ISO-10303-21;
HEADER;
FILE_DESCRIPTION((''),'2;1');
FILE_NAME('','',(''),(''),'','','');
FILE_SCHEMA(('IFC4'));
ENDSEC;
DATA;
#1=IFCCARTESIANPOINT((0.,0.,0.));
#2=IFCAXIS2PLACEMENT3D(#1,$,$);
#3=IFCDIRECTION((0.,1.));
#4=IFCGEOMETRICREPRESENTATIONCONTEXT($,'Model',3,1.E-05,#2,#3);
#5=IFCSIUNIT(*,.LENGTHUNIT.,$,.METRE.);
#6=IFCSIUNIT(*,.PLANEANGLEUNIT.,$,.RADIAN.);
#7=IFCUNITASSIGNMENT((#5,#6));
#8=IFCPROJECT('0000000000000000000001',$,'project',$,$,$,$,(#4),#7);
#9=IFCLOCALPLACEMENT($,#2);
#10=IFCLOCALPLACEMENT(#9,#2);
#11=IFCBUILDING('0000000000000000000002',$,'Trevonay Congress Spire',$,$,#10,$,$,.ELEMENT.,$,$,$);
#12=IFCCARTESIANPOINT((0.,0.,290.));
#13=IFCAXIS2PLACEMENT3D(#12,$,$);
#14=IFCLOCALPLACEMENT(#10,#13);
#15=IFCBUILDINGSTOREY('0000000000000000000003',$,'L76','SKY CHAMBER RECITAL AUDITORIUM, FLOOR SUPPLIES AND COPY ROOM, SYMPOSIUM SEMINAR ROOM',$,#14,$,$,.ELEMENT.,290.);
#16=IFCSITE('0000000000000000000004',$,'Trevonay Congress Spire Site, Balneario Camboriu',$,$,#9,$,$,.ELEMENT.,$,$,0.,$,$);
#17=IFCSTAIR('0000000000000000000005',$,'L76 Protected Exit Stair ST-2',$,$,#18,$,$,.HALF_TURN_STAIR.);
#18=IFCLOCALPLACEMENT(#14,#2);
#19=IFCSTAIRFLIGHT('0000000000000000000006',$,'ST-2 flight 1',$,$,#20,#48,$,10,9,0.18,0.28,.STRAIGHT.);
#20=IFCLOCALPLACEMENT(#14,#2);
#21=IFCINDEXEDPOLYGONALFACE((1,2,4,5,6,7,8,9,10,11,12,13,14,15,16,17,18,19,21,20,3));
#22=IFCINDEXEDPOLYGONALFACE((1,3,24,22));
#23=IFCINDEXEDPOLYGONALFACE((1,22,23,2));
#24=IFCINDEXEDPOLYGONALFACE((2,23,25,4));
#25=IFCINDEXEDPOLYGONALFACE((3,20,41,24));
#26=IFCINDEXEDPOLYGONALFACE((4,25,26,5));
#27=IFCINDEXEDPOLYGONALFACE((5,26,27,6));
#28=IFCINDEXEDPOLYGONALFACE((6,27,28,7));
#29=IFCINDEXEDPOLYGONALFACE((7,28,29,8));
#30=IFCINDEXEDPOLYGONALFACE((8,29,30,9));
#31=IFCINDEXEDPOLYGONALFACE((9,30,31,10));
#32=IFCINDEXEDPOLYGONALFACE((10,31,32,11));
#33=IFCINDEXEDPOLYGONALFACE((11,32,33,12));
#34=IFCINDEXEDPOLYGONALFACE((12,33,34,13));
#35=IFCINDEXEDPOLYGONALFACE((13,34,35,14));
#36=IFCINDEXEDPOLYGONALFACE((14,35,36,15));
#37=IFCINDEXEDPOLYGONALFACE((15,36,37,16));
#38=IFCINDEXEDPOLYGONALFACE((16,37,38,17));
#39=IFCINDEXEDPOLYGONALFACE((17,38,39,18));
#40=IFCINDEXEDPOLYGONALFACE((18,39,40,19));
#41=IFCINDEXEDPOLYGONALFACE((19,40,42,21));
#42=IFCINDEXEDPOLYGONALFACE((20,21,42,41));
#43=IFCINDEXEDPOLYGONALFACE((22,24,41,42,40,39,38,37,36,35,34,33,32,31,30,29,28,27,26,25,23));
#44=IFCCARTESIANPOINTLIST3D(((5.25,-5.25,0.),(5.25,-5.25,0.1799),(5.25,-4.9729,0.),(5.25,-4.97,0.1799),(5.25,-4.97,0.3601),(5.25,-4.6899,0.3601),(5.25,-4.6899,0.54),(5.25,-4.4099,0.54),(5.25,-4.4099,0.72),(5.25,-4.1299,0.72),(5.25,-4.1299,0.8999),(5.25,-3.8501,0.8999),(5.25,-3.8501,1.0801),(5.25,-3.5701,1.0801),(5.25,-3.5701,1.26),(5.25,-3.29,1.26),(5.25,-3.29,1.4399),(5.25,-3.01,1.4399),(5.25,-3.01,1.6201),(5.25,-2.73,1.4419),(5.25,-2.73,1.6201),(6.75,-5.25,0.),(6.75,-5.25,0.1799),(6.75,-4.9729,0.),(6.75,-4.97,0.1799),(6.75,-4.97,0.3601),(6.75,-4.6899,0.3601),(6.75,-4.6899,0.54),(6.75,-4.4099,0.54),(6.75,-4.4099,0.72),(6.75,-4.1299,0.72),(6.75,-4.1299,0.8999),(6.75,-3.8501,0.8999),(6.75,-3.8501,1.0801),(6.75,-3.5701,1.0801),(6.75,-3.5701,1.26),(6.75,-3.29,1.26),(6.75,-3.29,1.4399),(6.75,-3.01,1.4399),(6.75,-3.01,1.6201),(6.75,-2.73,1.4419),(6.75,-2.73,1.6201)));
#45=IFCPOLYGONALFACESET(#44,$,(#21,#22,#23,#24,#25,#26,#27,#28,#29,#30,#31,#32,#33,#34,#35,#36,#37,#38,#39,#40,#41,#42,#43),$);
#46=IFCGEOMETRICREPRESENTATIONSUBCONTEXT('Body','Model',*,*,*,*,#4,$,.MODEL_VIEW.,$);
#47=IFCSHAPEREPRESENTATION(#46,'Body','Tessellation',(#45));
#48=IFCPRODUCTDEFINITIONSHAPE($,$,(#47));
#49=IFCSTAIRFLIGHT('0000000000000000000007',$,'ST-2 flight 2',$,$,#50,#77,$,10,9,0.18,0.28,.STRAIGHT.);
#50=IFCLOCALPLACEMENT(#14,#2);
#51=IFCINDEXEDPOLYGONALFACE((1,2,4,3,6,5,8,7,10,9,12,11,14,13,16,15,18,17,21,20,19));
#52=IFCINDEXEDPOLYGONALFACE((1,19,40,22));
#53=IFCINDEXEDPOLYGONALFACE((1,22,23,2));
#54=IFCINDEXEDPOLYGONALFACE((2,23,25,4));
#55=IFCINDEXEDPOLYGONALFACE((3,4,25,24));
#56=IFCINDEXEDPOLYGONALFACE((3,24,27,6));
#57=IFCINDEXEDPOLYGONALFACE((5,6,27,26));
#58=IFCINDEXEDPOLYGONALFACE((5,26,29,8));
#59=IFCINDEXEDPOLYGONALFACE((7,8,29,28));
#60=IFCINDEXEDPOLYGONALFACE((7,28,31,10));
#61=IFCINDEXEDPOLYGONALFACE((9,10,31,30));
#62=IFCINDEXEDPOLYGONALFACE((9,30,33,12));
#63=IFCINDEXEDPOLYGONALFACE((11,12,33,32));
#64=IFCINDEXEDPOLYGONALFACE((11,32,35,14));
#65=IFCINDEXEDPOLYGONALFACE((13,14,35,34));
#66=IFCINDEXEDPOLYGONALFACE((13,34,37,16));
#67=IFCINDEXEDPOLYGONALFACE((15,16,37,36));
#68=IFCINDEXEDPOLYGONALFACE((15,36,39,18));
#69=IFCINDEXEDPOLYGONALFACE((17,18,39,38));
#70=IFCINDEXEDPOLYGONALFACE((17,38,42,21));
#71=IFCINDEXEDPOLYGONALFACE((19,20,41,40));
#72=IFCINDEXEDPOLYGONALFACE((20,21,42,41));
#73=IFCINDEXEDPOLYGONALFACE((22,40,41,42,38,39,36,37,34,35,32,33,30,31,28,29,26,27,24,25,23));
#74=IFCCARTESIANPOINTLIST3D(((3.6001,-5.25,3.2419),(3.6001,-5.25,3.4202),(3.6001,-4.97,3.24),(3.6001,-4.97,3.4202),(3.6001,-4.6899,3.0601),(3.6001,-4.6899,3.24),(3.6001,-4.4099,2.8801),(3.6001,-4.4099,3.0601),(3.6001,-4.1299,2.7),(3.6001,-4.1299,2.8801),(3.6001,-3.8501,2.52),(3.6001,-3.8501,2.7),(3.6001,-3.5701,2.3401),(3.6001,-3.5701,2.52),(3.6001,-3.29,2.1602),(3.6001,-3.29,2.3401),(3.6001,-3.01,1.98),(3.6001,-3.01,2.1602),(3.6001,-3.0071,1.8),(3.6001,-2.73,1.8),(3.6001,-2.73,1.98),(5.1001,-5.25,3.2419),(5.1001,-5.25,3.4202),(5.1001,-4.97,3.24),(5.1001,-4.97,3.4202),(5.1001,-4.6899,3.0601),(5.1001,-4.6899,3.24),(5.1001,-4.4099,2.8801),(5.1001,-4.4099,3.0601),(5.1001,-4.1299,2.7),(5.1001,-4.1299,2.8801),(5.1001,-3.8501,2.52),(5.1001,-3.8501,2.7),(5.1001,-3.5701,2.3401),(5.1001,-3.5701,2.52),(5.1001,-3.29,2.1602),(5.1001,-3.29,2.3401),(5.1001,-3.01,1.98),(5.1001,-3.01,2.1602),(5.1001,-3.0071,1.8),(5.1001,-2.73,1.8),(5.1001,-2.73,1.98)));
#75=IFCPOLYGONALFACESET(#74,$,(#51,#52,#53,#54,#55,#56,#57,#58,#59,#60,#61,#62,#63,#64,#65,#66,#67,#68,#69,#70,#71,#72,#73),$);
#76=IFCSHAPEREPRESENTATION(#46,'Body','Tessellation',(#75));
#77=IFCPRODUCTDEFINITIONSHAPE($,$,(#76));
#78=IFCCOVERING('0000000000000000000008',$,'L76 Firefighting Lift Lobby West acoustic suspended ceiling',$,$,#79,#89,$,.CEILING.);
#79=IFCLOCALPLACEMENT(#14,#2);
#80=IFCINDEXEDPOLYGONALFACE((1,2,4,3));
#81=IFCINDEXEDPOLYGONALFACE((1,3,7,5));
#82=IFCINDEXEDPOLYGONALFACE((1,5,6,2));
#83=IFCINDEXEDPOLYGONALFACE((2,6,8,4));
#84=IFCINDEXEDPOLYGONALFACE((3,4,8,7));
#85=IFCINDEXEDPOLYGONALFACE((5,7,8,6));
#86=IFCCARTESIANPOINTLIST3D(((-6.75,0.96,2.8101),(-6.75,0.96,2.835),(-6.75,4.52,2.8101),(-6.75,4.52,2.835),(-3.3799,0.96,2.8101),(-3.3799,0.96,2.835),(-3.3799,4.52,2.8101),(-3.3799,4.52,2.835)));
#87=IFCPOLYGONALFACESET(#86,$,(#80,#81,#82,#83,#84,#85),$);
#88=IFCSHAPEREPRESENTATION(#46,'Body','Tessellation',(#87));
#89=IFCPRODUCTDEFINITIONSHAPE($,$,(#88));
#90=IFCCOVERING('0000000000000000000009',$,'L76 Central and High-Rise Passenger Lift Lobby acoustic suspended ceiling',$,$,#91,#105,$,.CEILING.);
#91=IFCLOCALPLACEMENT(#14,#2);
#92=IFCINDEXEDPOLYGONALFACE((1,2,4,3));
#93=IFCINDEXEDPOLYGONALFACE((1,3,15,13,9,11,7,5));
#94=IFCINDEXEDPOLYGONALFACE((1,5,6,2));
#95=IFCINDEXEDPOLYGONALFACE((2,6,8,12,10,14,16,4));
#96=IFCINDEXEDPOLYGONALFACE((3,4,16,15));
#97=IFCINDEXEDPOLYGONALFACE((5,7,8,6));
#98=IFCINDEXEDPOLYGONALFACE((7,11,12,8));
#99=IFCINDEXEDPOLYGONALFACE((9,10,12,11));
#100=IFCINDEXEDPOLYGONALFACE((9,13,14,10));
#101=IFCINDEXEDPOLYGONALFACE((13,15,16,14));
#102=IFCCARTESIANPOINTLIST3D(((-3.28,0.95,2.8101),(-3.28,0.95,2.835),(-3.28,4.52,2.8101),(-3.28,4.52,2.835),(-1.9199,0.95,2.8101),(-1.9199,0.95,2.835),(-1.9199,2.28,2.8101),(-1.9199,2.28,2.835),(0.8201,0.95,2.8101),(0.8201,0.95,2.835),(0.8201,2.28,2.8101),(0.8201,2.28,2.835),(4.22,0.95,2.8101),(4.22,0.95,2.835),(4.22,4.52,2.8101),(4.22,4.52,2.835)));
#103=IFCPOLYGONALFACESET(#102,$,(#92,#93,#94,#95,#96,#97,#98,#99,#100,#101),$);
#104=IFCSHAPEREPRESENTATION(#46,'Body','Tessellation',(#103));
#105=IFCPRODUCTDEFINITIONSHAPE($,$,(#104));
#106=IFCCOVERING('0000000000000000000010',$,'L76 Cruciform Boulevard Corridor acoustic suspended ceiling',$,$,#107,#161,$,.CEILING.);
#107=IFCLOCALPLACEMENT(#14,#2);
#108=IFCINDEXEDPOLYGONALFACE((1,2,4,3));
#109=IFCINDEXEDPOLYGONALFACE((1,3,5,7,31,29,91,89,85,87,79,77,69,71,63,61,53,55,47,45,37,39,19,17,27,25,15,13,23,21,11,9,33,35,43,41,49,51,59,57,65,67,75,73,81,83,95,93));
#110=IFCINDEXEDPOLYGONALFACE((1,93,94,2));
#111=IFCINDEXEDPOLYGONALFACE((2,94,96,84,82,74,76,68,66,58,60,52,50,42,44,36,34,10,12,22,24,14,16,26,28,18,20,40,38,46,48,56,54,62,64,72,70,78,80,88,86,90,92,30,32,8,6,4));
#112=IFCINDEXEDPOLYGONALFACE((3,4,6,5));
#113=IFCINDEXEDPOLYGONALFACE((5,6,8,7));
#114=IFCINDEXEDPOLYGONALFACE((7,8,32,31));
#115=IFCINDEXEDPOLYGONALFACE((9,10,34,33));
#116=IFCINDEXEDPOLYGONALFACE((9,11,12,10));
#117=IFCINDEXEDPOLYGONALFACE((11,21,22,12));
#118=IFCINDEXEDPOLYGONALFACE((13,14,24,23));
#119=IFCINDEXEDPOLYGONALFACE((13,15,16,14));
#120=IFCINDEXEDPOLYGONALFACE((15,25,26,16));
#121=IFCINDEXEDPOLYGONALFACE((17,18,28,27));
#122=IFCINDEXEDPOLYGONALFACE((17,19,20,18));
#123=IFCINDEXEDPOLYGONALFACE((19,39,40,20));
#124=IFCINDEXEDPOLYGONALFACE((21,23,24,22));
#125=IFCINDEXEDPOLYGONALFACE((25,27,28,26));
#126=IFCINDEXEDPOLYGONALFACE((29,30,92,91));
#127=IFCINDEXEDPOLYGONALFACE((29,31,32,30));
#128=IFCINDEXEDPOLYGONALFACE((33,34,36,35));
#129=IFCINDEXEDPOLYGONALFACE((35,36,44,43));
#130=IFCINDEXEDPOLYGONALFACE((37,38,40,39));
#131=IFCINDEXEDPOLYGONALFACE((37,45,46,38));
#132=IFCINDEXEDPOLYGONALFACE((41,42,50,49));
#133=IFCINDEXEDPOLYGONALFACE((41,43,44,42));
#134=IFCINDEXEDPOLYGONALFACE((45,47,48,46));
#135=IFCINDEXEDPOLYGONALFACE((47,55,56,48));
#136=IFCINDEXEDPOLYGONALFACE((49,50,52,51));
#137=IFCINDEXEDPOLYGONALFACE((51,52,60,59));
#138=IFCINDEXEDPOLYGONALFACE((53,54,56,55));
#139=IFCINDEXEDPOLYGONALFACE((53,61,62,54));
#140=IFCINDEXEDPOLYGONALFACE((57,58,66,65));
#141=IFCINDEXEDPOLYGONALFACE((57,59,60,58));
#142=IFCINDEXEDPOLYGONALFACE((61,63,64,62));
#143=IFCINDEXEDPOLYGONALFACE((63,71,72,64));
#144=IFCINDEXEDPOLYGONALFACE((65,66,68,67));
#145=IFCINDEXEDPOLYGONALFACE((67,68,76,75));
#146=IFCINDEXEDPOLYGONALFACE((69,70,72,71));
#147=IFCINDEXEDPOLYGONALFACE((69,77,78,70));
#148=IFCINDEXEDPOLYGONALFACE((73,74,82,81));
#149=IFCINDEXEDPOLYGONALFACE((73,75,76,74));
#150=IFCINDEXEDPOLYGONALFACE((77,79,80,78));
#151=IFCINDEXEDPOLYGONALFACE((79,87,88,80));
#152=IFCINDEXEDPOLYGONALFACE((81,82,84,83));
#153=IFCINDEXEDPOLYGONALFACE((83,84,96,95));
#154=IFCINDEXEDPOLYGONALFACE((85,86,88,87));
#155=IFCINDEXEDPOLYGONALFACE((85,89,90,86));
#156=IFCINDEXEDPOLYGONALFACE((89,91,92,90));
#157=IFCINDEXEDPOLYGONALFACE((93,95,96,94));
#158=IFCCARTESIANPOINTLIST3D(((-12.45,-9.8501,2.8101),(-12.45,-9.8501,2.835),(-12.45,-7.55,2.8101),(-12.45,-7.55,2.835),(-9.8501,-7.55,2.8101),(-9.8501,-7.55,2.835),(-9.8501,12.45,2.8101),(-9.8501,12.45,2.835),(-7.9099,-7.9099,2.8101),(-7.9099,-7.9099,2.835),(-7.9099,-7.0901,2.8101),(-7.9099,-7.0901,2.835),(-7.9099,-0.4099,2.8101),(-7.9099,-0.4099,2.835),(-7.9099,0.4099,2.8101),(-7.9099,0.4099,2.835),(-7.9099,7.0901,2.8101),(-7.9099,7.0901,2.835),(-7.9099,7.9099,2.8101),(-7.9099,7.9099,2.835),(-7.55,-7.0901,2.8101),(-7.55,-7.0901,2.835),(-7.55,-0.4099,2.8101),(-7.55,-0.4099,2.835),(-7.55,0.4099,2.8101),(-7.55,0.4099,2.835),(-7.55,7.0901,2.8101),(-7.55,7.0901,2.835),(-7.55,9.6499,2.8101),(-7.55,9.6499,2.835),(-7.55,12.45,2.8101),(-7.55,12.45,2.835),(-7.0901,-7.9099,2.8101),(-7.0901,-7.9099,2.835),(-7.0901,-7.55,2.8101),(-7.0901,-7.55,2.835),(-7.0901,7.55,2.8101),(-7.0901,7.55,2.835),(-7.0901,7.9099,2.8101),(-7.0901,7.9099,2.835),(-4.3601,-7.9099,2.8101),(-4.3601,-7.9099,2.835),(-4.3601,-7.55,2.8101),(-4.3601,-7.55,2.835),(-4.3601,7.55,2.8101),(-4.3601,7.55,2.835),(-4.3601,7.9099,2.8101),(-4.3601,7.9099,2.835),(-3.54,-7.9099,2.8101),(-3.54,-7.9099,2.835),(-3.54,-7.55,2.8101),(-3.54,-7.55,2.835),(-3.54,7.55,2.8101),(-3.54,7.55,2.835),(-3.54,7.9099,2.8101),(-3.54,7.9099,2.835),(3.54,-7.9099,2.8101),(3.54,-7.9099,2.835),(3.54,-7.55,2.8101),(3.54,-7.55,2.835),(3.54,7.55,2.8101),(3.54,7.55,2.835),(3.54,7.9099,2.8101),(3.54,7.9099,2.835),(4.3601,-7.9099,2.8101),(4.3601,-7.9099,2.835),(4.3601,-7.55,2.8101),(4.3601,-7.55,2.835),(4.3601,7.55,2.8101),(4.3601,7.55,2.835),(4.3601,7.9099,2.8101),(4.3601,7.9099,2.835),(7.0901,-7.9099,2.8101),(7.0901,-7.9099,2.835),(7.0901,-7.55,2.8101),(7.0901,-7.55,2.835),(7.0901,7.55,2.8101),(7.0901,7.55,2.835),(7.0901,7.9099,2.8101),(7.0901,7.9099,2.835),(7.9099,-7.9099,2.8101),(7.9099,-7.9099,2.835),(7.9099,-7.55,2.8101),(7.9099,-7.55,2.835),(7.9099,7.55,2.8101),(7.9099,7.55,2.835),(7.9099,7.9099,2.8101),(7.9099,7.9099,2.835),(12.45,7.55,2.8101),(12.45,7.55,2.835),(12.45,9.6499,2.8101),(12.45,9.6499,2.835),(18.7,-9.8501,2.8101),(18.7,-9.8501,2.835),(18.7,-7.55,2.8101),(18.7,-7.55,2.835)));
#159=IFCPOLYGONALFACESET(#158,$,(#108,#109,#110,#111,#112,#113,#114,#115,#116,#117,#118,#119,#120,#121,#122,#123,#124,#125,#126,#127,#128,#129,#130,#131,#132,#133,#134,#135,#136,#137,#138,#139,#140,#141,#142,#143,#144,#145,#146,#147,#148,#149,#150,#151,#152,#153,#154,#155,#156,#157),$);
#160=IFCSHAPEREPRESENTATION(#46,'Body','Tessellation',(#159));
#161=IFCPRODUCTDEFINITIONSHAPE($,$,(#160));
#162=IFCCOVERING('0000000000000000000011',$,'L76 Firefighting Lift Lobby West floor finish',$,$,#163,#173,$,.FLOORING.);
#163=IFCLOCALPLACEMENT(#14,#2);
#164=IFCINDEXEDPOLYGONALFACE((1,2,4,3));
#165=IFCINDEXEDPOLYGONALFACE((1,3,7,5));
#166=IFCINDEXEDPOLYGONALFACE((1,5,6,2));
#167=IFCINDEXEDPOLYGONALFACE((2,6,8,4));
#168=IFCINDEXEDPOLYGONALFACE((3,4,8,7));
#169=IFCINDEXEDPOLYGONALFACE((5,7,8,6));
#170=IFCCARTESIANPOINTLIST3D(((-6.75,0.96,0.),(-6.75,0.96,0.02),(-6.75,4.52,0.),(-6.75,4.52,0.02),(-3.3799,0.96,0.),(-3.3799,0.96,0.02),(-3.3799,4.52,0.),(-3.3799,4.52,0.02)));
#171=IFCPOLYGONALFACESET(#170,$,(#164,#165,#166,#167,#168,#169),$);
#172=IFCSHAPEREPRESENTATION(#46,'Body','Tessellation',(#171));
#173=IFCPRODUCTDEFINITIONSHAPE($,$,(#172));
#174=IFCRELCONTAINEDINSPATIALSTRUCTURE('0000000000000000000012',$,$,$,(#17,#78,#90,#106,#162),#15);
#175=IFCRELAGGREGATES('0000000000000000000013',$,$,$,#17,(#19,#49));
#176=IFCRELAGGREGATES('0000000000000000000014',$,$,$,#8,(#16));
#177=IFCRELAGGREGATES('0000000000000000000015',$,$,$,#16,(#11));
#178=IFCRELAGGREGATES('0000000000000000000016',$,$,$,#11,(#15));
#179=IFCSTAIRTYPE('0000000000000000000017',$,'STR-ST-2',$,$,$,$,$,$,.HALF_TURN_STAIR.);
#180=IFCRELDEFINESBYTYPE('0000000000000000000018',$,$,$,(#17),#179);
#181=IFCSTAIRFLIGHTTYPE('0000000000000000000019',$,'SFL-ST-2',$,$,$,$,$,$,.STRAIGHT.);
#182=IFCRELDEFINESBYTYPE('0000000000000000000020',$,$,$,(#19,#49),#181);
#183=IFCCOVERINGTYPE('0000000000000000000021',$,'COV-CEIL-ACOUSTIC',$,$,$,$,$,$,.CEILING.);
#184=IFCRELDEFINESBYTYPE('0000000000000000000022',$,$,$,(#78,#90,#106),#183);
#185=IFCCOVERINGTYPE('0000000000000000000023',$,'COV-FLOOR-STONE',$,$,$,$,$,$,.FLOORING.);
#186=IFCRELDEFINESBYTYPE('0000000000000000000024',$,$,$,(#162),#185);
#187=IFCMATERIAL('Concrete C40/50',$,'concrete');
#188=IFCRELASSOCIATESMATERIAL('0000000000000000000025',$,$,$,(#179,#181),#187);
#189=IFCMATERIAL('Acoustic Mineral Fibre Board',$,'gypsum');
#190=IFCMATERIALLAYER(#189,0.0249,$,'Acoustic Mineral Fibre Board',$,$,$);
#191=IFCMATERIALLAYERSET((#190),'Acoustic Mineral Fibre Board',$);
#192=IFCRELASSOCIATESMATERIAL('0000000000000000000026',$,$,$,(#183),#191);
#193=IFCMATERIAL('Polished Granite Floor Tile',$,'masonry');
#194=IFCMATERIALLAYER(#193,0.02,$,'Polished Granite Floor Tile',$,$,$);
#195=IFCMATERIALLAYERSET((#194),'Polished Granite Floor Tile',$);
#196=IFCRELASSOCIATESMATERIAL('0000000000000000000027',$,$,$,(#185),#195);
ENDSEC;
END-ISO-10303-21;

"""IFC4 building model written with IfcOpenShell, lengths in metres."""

from ifc_helpers import new_model, si_unit, direction, frame, origin, place, context, subcontext, project, spatial, polyline, outline, extrude, material, layer, layer_set, type_object, element, aggregate, save


model = new_model("IFC4")

# Units and contexts
model_context = context("Model", 3, precision=1e-05, world=origin(), true_north=direction((0.0, 1.0)))
body_context = subcontext(model_context, "Body", "Model", "MODEL_VIEW")
ifc_project = project(units=[si_unit("LENGTHUNIT", "METRE"), si_unit("PLANEANGLEUNIT", "RADIAN")], contexts=[model_context])

# Site, building, storey
site_placement = place(None, origin())
site = spatial("IfcSite", under=ifc_project, at=site_placement, Name="Trevonay Congress Spire Site, Balneario Camboriu", CompositionType="ELEMENT", RefElevation=0.0)
building_placement = place(site_placement, origin())
building = spatial("IfcBuilding", under=site, at=building_placement, Name="Trevonay Congress Spire", CompositionType="ELEMENT")
storey_placement = place(building_placement, frame((0.0, 0.0, 290.0)))
storey = spatial("IfcBuildingStorey", under=building, at=storey_placement, Name="L76", Description="SKY CHAMBER RECITAL AUDITORIUM, FLOOR SUPPLIES AND COPY ROOM, SYMPOSIUM SEMINAR ROOM", CompositionType="ELEMENT", Elevation=290.0)

# Stair
ifc_material_1 = material(Name="Concrete C40/50", Category="concrete")
stair_type = type_object("IfcStairType", Name="STR-ST-2", PredefinedType="HALF_TURN_STAIR", material=ifc_material_1)
stair_placement = place(storey_placement, origin())
stair = element("IfcStair", 1, at=stair_placement, inside=storey, type_object=stair_type, Name="L76 Protected Exit Stair ST-2", PredefinedType="HALF_TURN_STAIR")

# Stair flights
stair_flight_type = type_object("IfcStairFlightType", Name="SFL-ST-2", PredefinedType="STRAIGHT", material=ifc_material_1)
stair_flight_1_placement = place(storey_placement, frame((6.0, -5.25, 0.0), z_axis=(0.0, 0.0, 1.0), x_axis=(0.0, 1.0, 0.0)))
stair_flight_1 = element("IfcStairFlight", 2, at=stair_flight_1_placement, type_object=stair_flight_type, Name="ST-2 flight 1", NumberOfRisers=10, NumberOfTreads=9, PredefinedType="STRAIGHT", RiserHeight=0.18, TreadLength=0.28, context=body_context, shape_type="SweptSolid", body=[
    extrude(outline(polyline([(0.0, 0.0), (0.0, 0.1799), (0.28, 0.1799), (0.28, 0.3601), (0.5601, 0.3601), (0.5601, 0.54), (0.8401, 0.54), (0.8401, 0.72), (1.1201, 0.72), (1.1201, 0.8999), (1.3999, 0.8999), (1.3999, 1.0801), (1.6799, 1.0801), (1.6799, 1.26), (1.96, 1.26), (1.96, 1.4399), (2.24, 1.4399), (2.24, 1.6201), (2.52, 1.6201), (2.52, 1.8), (2.52, 1.4419), (0.2771, 0.0), (0.0, 0.0)])), frame((0.0, 0.75, 0.0), z_axis=(0.0, -1.0, 0.0), x_axis=(1.0, 0.0, 0.0)), (0.0, 0.0, 1.0), 1.5),
])
stair_flight_2_placement = place(storey_placement, frame((4.3501, -2.73, 1.8), z_axis=(0.0, 0.0, 1.0), x_axis=(0.0, -1.0, 0.0)))
stair_flight_2 = element("IfcStairFlight", 3, at=stair_flight_2_placement, type_object=stair_flight_type, Name="ST-2 flight 2", NumberOfRisers=10, NumberOfTreads=9, PredefinedType="STRAIGHT", RiserHeight=0.18, TreadLength=0.28, context=body_context, shape_type="SweptSolid", body=[
    extrude(outline(polyline([(0.0, 0.0), (0.0, 0.1799), (0.28, 0.1799), (0.28, 0.3601), (0.5601, 0.3601), (0.5601, 0.54), (0.8401, 0.54), (0.8401, 0.72), (1.1201, 0.72), (1.1201, 0.8999), (1.3999, 0.8999), (1.3999, 1.0801), (1.6799, 1.0801), (1.6799, 1.26), (1.96, 1.26), (1.96, 1.4399), (2.24, 1.4399), (2.24, 1.6201), (2.52, 1.6201), (2.52, 1.8), (2.52, 1.4419), (0.2771, 0.0), (0.0, 0.0)])), frame((0.0, 0.75, 0.0), z_axis=(0.0, -1.0, 0.0), x_axis=(1.0, 0.0, 0.0)), (0.0, 0.0, 1.0), 1.5),
])
aggregate(stair, [stair_flight_1, stair_flight_2])

# Coverings
ifc_material_2 = material(Name="Acoustic Mineral Fibre Board", Category="gypsum")
ifc_layer_1 = layer(ifc_material_2, 0.0249, Name="Acoustic Mineral Fibre Board")
ifc_layer_set_1 = layer_set([ifc_layer_1], Name="Acoustic Mineral Fibre Board")
covering_type_1 = type_object("IfcCoveringType", Name="COV-CEIL-ACOUSTIC", PredefinedType="CEILING", material=ifc_layer_set_1)
covering_1_placement = place(storey_placement, frame((0.0, 0.0, 2.8101)))
element("IfcCovering", 4, at=covering_1_placement, inside=storey, type_object=covering_type_1, Name="L76 Firefighting Lift Lobby West acoustic suspended ceiling", PredefinedType="CEILING", context=body_context, shape_type="SweptSolid", body=[
    extrude(outline(polyline([(-6.75, 0.96), (-3.3799, 0.96), (-3.3799, 4.52), (-6.75, 4.52), (-6.75, 0.96)])), origin(), (0.0, 0.0, 1.0), 0.0249),
])
covering_2_placement = place(storey_placement, frame((0.0, 0.0, 2.8101)))
element("IfcCovering", 5, at=covering_2_placement, inside=storey, type_object=covering_type_1, Name="L76 Central and High-Rise Passenger Lift Lobby acoustic suspended ceiling", PredefinedType="CEILING", context=body_context, shape_type="SweptSolid", body=[
    extrude(outline(polyline([(-3.28, 0.95), (-1.9199, 0.95), (-1.9199, 2.28), (0.8201, 2.28), (0.8201, 0.95), (4.22, 0.95), (4.22, 4.52), (-3.28, 4.52), (-3.28, 0.95)])), origin(), (0.0, 0.0, 1.0), 0.0249),
])
covering_3_placement = place(storey_placement, frame((0.0, 0.0, 2.8101)))
element("IfcCovering", 6, at=covering_3_placement, inside=storey, type_object=covering_type_1, Name="L76 Cruciform Boulevard Corridor acoustic suspended ceiling", PredefinedType="CEILING", context=body_context, shape_type="SweptSolid", body=[
    extrude(outline(polyline([(18.7, -7.55), (18.7, -9.8501), (-12.45, -9.8501), (-12.45, -7.55), (-9.8501, -7.55), (-9.8501, 12.45), (-7.55, 12.45), (-7.55, 9.6499), (12.45, 9.6499), (12.45, 7.55), (7.9099, 7.55), (7.9099, 7.9099), (7.0901, 7.9099), (7.0901, 7.55), (4.3601, 7.55), (4.3601, 7.9099), (3.54, 7.9099), (3.54, 7.55), (-3.54, 7.55), (-3.54, 7.9099), (-4.3601, 7.9099), (-4.3601, 7.55), (-7.0901, 7.55), (-7.0901, 7.9099), (-7.9099, 7.9099), (-7.9099, 7.0901), (-7.55, 7.0901), (-7.55, 0.4099), (-7.9099, 0.4099), (-7.9099, -0.4099), (-7.55, -0.4099), (-7.55, -7.0901), (-7.9099, -7.0901), (-7.9099, -7.9099), (-7.0901, -7.9099), (-7.0901, -7.55), (-4.3601, -7.55), (-4.3601, -7.9099), (-3.54, -7.9099), (-3.54, -7.55), (3.54, -7.55), (3.54, -7.9099), (4.3601, -7.9099), (4.3601, -7.55), (7.0901, -7.55), (7.0901, -7.9099), (7.9099, -7.9099), (7.9099, -7.55), (18.7, -7.55)])), origin(), (0.0, 0.0, 1.0), 0.0249),
])
ifc_material_3 = material(Name="Polished Granite Floor Tile", Category="masonry")
ifc_layer_2 = layer(ifc_material_3, 0.02, Name="Polished Granite Floor Tile")
ifc_layer_set_2 = layer_set([ifc_layer_2], Name="Polished Granite Floor Tile")
covering_type_2 = type_object("IfcCoveringType", Name="COV-FLOOR-STONE", PredefinedType="FLOORING", material=ifc_layer_set_2)
covering_4_placement = place(storey_placement, origin())
element("IfcCovering", 7, at=covering_4_placement, inside=storey, type_object=covering_type_2, Name="L76 Firefighting Lift Lobby West floor finish", PredefinedType="FLOORING", context=body_context, shape_type="SweptSolid", body=[
    extrude(outline(polyline([(-6.75, 0.96), (-3.3799, 0.96), (-3.3799, 4.52), (-6.75, 4.52), (-6.75, 0.96)])), origin(), (0.0, 0.0, 1.0), 0.02),
])

save(model, "model.ifc")
